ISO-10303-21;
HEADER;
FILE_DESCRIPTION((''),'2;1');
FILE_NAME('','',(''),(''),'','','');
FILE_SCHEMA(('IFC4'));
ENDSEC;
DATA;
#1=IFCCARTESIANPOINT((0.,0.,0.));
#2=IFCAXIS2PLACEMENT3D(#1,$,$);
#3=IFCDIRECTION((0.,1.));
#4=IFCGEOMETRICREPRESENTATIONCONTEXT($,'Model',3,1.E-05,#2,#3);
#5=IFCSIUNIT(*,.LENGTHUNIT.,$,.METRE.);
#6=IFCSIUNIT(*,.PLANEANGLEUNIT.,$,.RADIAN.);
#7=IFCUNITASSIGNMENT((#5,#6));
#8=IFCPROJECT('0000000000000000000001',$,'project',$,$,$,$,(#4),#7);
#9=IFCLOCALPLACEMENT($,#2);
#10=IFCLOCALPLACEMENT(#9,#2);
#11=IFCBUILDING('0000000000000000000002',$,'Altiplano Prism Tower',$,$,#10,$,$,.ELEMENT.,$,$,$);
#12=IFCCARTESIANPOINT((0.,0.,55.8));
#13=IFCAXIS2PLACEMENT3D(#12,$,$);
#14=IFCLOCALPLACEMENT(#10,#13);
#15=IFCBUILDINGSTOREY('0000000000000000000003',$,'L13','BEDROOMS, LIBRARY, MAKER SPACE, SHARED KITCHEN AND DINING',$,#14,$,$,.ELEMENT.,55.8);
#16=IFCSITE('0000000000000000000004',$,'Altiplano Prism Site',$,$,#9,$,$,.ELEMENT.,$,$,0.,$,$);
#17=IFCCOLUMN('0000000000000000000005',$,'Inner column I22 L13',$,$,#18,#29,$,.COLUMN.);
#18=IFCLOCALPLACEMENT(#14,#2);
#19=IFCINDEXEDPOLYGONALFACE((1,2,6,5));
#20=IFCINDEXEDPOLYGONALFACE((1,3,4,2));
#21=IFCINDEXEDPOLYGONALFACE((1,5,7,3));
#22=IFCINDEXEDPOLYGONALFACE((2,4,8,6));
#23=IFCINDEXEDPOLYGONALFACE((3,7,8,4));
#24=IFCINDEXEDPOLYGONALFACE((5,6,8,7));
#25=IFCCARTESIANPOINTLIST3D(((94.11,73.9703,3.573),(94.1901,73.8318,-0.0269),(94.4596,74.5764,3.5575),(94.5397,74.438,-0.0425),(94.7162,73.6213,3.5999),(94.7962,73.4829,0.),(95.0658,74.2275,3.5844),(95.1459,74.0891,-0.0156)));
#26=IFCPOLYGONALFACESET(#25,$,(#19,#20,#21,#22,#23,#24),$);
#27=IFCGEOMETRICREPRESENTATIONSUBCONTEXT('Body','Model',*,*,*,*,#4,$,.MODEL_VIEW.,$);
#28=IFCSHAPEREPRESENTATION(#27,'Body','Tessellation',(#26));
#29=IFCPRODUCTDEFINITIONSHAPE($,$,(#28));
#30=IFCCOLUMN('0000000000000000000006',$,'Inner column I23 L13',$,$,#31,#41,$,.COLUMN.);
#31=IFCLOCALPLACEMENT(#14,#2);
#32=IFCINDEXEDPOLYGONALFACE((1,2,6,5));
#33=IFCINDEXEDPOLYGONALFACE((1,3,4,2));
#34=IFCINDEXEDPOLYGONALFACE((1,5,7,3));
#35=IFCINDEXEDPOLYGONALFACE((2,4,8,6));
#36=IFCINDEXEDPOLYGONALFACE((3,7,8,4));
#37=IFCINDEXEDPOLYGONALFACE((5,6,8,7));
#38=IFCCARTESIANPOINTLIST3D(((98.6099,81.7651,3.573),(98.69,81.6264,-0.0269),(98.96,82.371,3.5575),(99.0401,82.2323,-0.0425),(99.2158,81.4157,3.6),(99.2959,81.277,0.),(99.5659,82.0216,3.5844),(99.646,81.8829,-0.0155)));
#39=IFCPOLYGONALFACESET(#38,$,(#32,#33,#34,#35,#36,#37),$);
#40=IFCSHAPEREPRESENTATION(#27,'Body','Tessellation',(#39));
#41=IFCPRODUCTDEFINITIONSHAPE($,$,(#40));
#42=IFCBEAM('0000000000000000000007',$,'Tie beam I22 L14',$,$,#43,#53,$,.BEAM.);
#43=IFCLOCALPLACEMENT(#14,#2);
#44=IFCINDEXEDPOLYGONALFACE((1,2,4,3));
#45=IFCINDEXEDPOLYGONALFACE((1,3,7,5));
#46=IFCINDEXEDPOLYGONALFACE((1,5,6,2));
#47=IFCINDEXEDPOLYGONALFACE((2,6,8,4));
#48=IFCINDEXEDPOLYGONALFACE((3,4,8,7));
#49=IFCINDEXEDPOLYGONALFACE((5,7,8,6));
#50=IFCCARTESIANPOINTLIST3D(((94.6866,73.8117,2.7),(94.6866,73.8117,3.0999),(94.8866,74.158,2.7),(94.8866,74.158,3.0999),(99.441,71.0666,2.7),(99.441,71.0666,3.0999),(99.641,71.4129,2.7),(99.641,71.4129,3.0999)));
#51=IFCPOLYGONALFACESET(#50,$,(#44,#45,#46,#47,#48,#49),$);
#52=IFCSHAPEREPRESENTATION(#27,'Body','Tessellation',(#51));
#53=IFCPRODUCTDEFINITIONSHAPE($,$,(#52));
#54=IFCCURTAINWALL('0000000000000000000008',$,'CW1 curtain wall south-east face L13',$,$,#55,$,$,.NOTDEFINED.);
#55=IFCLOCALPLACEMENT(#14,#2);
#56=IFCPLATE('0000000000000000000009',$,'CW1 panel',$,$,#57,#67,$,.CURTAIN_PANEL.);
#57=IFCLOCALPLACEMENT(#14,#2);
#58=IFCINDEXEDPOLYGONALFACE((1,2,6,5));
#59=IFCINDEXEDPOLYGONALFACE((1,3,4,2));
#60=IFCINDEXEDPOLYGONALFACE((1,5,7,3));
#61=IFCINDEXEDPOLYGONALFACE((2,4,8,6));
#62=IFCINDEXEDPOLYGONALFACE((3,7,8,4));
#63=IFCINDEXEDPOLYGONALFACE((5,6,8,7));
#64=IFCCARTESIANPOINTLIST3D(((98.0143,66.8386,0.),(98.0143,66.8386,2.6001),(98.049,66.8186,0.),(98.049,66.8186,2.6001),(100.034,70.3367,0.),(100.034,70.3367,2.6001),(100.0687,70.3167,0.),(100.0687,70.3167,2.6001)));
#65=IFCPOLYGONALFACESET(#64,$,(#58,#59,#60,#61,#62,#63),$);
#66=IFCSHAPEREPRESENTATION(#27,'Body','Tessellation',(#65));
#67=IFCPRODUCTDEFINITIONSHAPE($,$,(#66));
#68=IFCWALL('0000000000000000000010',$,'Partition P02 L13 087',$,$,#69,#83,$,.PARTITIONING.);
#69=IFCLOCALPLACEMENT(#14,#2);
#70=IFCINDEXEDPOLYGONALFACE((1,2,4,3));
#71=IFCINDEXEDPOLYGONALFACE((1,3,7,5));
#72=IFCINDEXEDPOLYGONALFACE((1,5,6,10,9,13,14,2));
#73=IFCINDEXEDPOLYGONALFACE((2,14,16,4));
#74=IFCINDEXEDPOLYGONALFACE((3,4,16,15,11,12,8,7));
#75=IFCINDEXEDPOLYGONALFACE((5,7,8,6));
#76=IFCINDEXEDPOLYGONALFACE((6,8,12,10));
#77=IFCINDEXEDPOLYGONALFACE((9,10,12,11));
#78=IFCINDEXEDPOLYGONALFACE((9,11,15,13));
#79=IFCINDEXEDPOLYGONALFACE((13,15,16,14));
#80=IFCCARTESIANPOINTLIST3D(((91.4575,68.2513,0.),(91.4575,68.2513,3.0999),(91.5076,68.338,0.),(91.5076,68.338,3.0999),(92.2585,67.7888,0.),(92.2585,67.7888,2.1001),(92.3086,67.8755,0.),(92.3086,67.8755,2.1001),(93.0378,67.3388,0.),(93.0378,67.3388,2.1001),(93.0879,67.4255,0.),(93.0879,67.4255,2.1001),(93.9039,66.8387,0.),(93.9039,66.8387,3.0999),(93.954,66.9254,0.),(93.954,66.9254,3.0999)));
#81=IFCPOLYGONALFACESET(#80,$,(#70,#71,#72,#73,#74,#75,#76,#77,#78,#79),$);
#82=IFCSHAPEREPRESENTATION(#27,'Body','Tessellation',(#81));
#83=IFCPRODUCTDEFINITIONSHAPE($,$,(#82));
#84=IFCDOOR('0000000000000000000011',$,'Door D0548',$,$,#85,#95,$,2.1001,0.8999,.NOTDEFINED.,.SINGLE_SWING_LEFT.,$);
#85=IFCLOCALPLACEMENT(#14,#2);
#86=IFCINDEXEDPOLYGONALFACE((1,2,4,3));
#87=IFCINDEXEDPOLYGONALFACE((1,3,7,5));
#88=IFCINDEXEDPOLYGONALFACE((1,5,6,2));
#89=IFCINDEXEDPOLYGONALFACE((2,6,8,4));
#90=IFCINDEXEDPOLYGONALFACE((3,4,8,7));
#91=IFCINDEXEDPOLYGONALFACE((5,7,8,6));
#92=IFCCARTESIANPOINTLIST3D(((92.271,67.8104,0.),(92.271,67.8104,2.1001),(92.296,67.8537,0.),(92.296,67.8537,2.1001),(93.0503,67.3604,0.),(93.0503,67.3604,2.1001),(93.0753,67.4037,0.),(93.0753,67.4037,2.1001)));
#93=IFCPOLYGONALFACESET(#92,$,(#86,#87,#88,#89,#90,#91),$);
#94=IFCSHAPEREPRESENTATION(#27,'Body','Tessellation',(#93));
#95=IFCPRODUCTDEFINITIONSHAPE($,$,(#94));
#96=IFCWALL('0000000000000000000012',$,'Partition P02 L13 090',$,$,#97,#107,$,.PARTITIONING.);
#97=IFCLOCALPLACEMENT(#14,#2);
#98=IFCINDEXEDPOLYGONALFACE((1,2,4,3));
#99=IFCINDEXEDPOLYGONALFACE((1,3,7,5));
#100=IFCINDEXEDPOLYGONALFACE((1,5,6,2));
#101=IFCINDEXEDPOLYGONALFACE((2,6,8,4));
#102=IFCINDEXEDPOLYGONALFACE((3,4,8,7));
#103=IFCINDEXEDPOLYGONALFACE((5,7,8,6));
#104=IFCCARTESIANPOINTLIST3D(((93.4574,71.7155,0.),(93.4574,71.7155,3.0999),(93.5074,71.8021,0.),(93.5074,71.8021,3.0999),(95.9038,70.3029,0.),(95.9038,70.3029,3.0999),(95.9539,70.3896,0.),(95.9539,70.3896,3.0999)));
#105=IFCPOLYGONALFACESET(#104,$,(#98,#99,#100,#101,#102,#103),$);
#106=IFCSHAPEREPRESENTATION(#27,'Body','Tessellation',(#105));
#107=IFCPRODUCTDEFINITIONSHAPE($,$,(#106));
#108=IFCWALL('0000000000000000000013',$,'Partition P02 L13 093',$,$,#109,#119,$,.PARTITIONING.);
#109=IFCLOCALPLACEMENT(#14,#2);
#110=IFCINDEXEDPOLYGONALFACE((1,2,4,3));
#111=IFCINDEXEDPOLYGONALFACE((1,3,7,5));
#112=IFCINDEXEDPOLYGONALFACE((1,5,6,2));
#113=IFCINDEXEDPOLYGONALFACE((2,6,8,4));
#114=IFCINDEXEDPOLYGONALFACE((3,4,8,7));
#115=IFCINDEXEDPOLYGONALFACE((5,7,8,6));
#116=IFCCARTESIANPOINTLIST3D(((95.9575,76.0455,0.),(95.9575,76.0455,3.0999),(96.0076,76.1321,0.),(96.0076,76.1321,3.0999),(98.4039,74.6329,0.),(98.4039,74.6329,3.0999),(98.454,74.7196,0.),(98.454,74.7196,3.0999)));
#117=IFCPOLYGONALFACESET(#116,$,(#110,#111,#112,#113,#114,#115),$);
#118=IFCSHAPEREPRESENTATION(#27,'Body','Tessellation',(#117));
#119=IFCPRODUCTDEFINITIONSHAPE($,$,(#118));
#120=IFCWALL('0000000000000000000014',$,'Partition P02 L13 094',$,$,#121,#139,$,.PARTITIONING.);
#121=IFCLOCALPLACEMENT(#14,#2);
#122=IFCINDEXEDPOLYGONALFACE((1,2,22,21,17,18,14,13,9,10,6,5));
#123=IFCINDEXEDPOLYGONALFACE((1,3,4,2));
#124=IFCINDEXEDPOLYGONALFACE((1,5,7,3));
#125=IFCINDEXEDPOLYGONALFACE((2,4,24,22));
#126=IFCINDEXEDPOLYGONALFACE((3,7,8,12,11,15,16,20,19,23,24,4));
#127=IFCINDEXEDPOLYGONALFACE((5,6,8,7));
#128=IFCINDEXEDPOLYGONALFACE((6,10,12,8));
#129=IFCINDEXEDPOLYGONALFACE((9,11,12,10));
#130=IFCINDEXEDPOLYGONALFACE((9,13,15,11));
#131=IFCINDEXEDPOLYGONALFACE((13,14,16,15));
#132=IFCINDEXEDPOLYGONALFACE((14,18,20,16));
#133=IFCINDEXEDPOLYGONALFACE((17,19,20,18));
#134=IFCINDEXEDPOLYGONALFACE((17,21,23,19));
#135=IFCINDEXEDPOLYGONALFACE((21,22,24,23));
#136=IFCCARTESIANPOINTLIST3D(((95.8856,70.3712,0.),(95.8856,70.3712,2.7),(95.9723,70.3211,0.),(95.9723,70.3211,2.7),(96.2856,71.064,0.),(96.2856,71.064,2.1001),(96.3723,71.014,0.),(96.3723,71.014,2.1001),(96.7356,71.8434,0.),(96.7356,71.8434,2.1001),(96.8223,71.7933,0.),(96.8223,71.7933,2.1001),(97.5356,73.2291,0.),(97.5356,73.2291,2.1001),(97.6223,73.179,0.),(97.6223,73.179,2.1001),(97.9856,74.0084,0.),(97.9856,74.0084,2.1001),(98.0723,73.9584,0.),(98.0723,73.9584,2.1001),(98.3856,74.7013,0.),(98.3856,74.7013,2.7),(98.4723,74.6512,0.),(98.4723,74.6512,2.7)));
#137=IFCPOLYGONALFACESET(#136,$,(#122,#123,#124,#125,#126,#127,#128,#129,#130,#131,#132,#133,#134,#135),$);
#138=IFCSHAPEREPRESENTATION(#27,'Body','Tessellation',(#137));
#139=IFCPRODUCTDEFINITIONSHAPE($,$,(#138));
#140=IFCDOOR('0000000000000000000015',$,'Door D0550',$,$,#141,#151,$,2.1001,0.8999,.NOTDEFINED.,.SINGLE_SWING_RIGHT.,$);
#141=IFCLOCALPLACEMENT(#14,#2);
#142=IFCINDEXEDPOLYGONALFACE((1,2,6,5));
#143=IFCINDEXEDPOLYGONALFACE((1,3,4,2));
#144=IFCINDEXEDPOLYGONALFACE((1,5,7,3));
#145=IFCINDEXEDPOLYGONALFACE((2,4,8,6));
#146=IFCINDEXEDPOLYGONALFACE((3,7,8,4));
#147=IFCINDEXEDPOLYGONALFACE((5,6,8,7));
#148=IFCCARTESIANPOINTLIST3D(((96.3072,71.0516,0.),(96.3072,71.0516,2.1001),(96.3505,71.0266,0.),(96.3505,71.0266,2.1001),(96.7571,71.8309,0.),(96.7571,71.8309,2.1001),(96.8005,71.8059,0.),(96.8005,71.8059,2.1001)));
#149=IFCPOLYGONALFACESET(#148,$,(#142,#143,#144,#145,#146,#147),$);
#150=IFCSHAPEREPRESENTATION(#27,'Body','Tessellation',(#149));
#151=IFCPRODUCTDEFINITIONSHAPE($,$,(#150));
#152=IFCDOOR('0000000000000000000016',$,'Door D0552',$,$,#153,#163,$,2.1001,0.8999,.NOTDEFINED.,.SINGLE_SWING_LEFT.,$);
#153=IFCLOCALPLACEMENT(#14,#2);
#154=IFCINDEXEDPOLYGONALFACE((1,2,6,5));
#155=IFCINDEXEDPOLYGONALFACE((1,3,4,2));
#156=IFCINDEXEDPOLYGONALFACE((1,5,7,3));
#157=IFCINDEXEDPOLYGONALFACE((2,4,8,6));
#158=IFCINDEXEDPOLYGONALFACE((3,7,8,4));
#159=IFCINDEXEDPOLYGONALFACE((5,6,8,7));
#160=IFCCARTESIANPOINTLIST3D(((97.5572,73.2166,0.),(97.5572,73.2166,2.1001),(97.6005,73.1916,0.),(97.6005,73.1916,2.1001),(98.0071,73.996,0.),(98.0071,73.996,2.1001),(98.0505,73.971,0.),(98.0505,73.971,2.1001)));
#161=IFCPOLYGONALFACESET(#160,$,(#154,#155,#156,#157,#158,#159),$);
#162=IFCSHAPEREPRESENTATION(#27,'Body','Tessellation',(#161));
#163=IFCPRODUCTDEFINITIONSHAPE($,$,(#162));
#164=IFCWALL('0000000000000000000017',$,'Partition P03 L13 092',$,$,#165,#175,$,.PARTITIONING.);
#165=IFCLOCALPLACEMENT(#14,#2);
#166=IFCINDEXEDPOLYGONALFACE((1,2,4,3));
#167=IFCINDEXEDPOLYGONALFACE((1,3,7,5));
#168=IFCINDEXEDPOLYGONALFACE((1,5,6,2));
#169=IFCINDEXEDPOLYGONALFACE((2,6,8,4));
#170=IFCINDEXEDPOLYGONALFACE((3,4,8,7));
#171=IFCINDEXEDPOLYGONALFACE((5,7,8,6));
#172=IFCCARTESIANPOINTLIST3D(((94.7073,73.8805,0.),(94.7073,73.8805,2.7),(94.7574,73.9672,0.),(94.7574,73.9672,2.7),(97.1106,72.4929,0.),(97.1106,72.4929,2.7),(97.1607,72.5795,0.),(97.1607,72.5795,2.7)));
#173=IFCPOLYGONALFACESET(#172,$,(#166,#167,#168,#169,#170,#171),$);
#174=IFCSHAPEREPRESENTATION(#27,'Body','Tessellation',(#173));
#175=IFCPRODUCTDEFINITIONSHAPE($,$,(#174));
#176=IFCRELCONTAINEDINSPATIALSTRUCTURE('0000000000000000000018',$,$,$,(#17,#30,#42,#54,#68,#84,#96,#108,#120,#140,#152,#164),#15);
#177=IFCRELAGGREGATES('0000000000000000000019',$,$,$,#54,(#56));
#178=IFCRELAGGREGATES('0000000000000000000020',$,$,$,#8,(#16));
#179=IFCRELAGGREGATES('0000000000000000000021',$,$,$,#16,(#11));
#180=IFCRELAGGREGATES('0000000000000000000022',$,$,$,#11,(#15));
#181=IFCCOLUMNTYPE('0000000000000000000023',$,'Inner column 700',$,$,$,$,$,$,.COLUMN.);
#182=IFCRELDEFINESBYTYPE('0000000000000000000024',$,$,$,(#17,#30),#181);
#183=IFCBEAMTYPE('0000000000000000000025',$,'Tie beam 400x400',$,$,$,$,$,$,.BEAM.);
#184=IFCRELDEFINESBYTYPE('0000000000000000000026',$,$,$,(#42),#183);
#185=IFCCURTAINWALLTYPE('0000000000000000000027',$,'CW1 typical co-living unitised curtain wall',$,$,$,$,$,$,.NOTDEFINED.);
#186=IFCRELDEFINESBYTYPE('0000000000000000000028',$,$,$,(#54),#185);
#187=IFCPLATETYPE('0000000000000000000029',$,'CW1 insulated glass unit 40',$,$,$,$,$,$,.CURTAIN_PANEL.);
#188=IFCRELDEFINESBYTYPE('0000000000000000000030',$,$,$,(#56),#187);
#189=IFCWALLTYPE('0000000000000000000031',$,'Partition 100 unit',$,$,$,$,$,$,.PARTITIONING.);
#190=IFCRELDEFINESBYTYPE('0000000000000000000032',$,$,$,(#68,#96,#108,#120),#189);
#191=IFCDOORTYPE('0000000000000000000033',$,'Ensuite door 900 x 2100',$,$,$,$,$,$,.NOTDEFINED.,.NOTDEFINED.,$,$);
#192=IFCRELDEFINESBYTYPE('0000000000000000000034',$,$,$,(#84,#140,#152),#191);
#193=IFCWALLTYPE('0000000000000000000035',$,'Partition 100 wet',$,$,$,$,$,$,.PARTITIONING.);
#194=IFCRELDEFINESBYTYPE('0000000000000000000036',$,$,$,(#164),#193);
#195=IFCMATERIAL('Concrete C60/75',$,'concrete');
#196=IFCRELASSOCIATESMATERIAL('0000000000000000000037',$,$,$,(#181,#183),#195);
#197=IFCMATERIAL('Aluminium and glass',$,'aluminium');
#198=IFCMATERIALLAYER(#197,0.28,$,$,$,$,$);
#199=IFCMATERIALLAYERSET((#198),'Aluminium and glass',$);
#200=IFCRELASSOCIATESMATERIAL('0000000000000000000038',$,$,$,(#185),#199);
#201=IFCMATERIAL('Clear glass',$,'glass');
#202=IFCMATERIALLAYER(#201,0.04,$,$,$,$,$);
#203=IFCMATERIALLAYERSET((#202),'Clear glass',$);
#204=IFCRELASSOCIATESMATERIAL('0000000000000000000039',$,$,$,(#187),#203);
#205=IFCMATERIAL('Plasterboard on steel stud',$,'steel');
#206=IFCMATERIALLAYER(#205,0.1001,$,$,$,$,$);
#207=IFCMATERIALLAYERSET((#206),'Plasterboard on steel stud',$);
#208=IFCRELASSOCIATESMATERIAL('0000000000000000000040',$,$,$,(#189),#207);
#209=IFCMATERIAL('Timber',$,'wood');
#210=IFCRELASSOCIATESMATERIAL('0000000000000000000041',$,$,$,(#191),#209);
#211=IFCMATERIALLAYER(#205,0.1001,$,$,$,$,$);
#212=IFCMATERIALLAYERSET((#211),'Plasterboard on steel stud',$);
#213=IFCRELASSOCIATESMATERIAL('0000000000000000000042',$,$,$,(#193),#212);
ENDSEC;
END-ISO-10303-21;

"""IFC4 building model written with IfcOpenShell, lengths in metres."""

from ifc_helpers import new_model, si_unit, direction, frame, frame_2d, origin, origin_2d, place, context, subcontext, project, spatial, rectangle, extrude, material, layer, layer_set, material_profile, profile_set, type_object, element, fill, aggregate, save


model = new_model("IFC4")

# Units and contexts
model_context = context("Model", 3, precision=1e-05, world=origin(), true_north=direction((0.0, 1.0)))
body_context = subcontext(model_context, "Body", "Model", "MODEL_VIEW")
ifc_project = project(units=[si_unit("LENGTHUNIT", "METRE"), si_unit("PLANEANGLEUNIT", "RADIAN")], contexts=[model_context])

# Site, building, storey
site_placement = place(None, origin())
site = spatial("IfcSite", under=ifc_project, at=site_placement, Name="Altiplano Prism Site", CompositionType="ELEMENT", RefElevation=0.0)
building_placement = place(site_placement, origin())
building = spatial("IfcBuilding", under=site, at=building_placement, Name="Altiplano Prism Tower", CompositionType="ELEMENT")
storey_placement = place(building_placement, frame((0.0, 0.0, 55.8)))
storey = spatial("IfcBuildingStorey", under=building, at=storey_placement, Name="L13", Description="BEDROOMS, LIBRARY, MAKER SPACE, SHARED KITCHEN AND DINING", CompositionType="ELEMENT", Elevation=55.8)

# Columns
ifc_material_1 = material(Name="Concrete C60/75", Category="concrete")
ifc_material_profile_1 = material_profile(ifc_material_1, rectangle(XDim=0.7, YDim=0.7, at=origin_2d()), Name="Inner column 700")
ifc_profile_set_1 = profile_set([ifc_material_profile_1], Name="Concrete C60/75")
column_type = type_object("IfcColumnType", Name="Inner column 700", PredefinedType="COLUMN", material=ifc_profile_set_1)
for number, where, z_axis, x_axis, name in (
    (1, (94.668, 73.9604, -0.0212), (-0.022223, 0.038416, 0.999015), (-0.499513, -0.866022, 0.02219), "Inner column I22 L13"),
    (2, (99.168, 81.7546, -0.0212), (-0.022223, 0.038483, 0.999012), (-0.50017, -0.865642, 0.02222), "Inner column I23 L13"),
):
    element("IfcColumn", number, at=place(storey_placement, frame(where, z_axis=z_axis, x_axis=x_axis)), inside=storey, type_object=column_type, Name=name, PredefinedType="COLUMN", context=body_context, shape_type="SweptSolid", body=[
        extrude(rectangle(XDim=0.7, YDim=0.7, at=origin_2d()), origin(), (0.0, 0.0, 1.0), 3.6035),
    ])

# Beam
ifc_material_profile_2 = material_profile(ifc_material_1, rectangle(XDim=0.3999, YDim=0.3999, at=origin_2d()), Name="Tie beam 400x400")
ifc_profile_set_2 = profile_set([ifc_material_profile_2], Name="Concrete C60/75")
beam_type = type_object("IfcBeamType", Name="Tie beam 400x400", PredefinedType="BEAM", material=ifc_profile_set_2)
beam_placement = place(storey_placement, frame((94.7866, 73.9849, 2.8999), z_axis=(0.866012, -0.500023, 0.0), x_axis=(0.500023, 0.866012, 0.0)))
element("IfcBeam", 3, at=beam_placement, inside=storey, type_object=beam_type, Name="Tie beam I22 L14", PredefinedType="BEAM", context=body_context, shape_type="SweptSolid", body=[
    extrude(rectangle(XDim=0.3999, YDim=0.3999, at=origin_2d()), origin(), (0.0, 0.0, 1.0), 5.49),
])

# Curtain wall, plate
ifc_material_2 = material(Name="Aluminium and glass", Category="aluminium")
ifc_layer_1 = layer(ifc_material_2, 0.28)
ifc_layer_set_1 = layer_set([ifc_layer_1], Name="Aluminium and glass")
curtain_wall_type = type_object("IfcCurtainWallType", Name="CW1 typical co-living unitised curtain wall", PredefinedType="NOTDEFINED", material=ifc_layer_set_1)
curtain_wall_placement = place(storey_placement, origin())
curtain_wall = element("IfcCurtainWall", 4, at=curtain_wall_placement, inside=storey, type_object=curtain_wall_type, Name="CW1 curtain wall south-east face L13", PredefinedType="NOTDEFINED")
ifc_material_3 = material(Name="Clear glass", Category="glass")
ifc_layer_2 = layer(ifc_material_3, 0.04)
ifc_layer_set_2 = layer_set([ifc_layer_2], Name="Clear glass")
plate_type = type_object("IfcPlateType", Name="CW1 insulated glass unit 40", PredefinedType="CURTAIN_PANEL", material=ifc_layer_set_2)
plate_placement = place(storey_placement, frame((99.0415, 68.5776, 0.0), z_axis=(0.0, 0.0, 1.0), x_axis=(0.5, 0.866025, 0.0)))
plate = element("IfcPlate", 5, at=plate_placement, type_object=plate_type, Name="CW1 panel", PredefinedType="CURTAIN_PANEL", context=body_context, shape_type="SweptSolid", body=[
    extrude(rectangle(XDim=4.0393, YDim=0.04, at=origin_2d()), origin(), (0.0, 0.0, 1.0), 2.6001),
])
aggregate(curtain_wall, [plate])

# Wall, opening, door
ifc_material_4 = material(Name="Plasterboard on steel stud", Category="steel")
ifc_layer_3 = layer(ifc_material_4, 0.1001)
ifc_layer_set_3 = layer_set([ifc_layer_3], Name="Plasterboard on steel stud")
wall_type_1 = type_object("IfcWallType", Name="Partition 100 unit", PredefinedType="PARTITIONING", material=ifc_layer_set_3)
wall_1_placement = place(storey_placement, frame((91.4824, 68.2947, 0.0), z_axis=(0.0, 0.0, 1.0), x_axis=(0.866011, -0.500024, 0.0)))
wall_1 = element("IfcWall", 6, at=wall_1_placement, inside=storey, type_object=wall_type_1, Name="Partition P02 L13 087", PredefinedType="PARTITIONING", context=body_context, shape_type="SweptSolid", body=[
    extrude(rectangle(XDim=2.825, YDim=0.1001, at=frame_2d((1.4126, 0.0))), origin(), (0.0, 0.0, 1.0), 3.0999),
])
opening_1_placement = place(wall_1_placement, frame((0.925, 0.0, 0.0)))
opening_1 = element("IfcOpeningElement", 7, at=opening_1_placement, cuts=wall_1, PredefinedType="OPENING", context=body_context, shape_type="SweptSolid", body=[
    extrude(rectangle(XDim=0.8999, YDim=2.1001, at=frame_2d((0.45, 1.05))), frame((0.0, 0.0605, 0.0), z_axis=(0.0, -1.0, 0.0), x_axis=(1.0, 0.0, 0.0)), (0.0, 0.0, 1.0), 0.1211),
])
ifc_material_5 = material(Name="Timber", Category="wood")
door_type_1 = type_object("IfcDoorType", Name="Ensuite door 900 x 2100", OperationType="NOTDEFINED", PredefinedType="NOTDEFINED", material=ifc_material_5)
door_1_placement = place(opening_1_placement, origin())
door_1 = element("IfcDoor", 8, at=door_1_placement, inside=storey, type_object=door_type_1, Name="Door D0548", OperationType="SINGLE_SWING_LEFT", OverallHeight=2.1001, OverallWidth=0.8999, PredefinedType="NOTDEFINED", context=body_context, shape_type="SweptSolid", body=[
    extrude(rectangle(XDim=0.8999, YDim=2.1001, at=frame_2d((0.45, 1.05))), frame((0.0, 0.0249, 0.0), z_axis=(0.0, -1.0, 0.0), x_axis=(1.0, 0.0, 0.0)), (0.0, 0.0, 1.0), 0.05),
])
fill(opening_1, door_1)

# Walls
for number, where, z_axis, x_axis, name in (
    (9, (95.929, 70.3462, 0.0), (0.0, 0.0, 1.0), (-0.866011, 0.500024, 0.0), "Partition P02 L13 090"),
    (10, (95.9824, 76.0889, 0.0), (0.0, 0.0, 1.0), (0.866011, -0.500024, 0.0), "Partition P02 L13 093"),
):
    element("IfcWall", number, at=place(storey_placement, frame(where, z_axis=z_axis, x_axis=x_axis)), inside=storey, type_object=wall_type_1, Name=name, PredefinedType="PARTITIONING", context=body_context, shape_type="SweptSolid", body=[
        extrude(rectangle(XDim=2.825, YDim=0.1001, at=frame_2d((1.4126, 0.0))), origin(), (0.0, 0.0, 1.0), 3.0999),
    ])

# Wall, openings, doors
wall_2_placement = place(storey_placement, frame((98.429, 74.6763, 0.0), z_axis=(0.0, 0.0, 1.0), x_axis=(-0.500004, -0.866023, 0.0)))
wall_2 = element("IfcWall", 11, at=wall_2_placement, inside=storey, type_object=wall_type_1, Name="Partition P02 L13 094", PredefinedType="PARTITIONING", context=body_context, shape_type="SweptSolid", body=[
    extrude(rectangle(XDim=5.0, YDim=0.1001, at=frame_2d((2.5, 0.0))), origin(), (0.0, 0.0, 1.0), 2.7),
])
opening_2_placement = place(wall_2_placement, frame((3.3, 0.0, 0.0)))
opening_2 = element("IfcOpeningElement", 12, at=opening_2_placement, cuts=wall_2, PredefinedType="OPENING", context=body_context, shape_type="SweptSolid", body=[
    extrude(rectangle(XDim=0.8999, YDim=2.1001, at=frame_2d((0.45, 1.05))), frame((0.0, 0.0605, 0.0), z_axis=(0.0, -1.0, 0.0), x_axis=(1.0, 0.0, 0.0)), (0.0, 0.0, 1.0), 0.1211),
])
opening_3_placement = place(wall_2_placement, frame((0.8, 0.0, 0.0)))
opening_3 = element("IfcOpeningElement", 13, at=opening_3_placement, cuts=wall_2, PredefinedType="OPENING", context=body_context, shape_type="SweptSolid", body=[
    extrude(rectangle(XDim=0.8999, YDim=2.1001, at=frame_2d((0.45, 1.05))), frame((0.0, 0.0605, 0.0), z_axis=(0.0, -1.0, 0.0), x_axis=(1.0, 0.0, 0.0)), (0.0, 0.0, 1.0), 0.1211),
])
door_2_placement = place(opening_2_placement, origin())
door_2 = element("IfcDoor", 14, at=door_2_placement, inside=storey, type_object=door_type_1, Name="Door D0550", OperationType="SINGLE_SWING_RIGHT", OverallHeight=2.1001, OverallWidth=0.8999, PredefinedType="NOTDEFINED", context=body_context, shape_type="SweptSolid", body=[
    extrude(rectangle(XDim=0.8999, YDim=2.1001, at=frame_2d((0.45, 1.05))), frame((0.0, 0.0249, 0.0), z_axis=(0.0, -1.0, 0.0), x_axis=(1.0, 0.0, 0.0)), (0.0, 0.0, 1.0), 0.05),
])
fill(opening_2, door_2)
door_3_placement = place(opening_3_placement, origin())
door_3 = element("IfcDoor", 15, at=door_3_placement, inside=storey, type_object=door_type_1, Name="Door D0552", OperationType="SINGLE_SWING_LEFT", OverallHeight=2.1001, OverallWidth=0.8999, PredefinedType="NOTDEFINED", context=body_context, shape_type="SweptSolid", body=[
    extrude(rectangle(XDim=0.8999, YDim=2.1001, at=frame_2d((0.45, 1.05))), frame((0.0, 0.0249, 0.0), z_axis=(0.0, -1.0, 0.0), x_axis=(1.0, 0.0, 0.0)), (0.0, 0.0, 1.0), 0.05),
])
fill(opening_3, door_3)

# Wall
ifc_layer_4 = layer(ifc_material_4, 0.1001)
ifc_layer_set_4 = layer_set([ifc_layer_4], Name="Plasterboard on steel stud")
wall_type_2 = type_object("IfcWallType", Name="Partition 100 wet", PredefinedType="PARTITIONING", material=ifc_layer_set_4)
wall_3_placement = place(storey_placement, frame((97.1357, 72.5361, 0.0), z_axis=(0.0, 0.0, 1.0), x_axis=(-0.866004, 0.500037, 0.0)))
element("IfcWall", 16, at=wall_3_placement, inside=storey, type_object=wall_type_2, Name="Partition P03 L13 092", PredefinedType="PARTITIONING", context=body_context, shape_type="SweptSolid", body=[
    extrude(rectangle(XDim=2.7751, YDim=0.1001, at=frame_2d((1.3877, 0.0))), origin(), (0.0, 0.0, 1.0), 2.7),
])

save(model, "model.ifc")
